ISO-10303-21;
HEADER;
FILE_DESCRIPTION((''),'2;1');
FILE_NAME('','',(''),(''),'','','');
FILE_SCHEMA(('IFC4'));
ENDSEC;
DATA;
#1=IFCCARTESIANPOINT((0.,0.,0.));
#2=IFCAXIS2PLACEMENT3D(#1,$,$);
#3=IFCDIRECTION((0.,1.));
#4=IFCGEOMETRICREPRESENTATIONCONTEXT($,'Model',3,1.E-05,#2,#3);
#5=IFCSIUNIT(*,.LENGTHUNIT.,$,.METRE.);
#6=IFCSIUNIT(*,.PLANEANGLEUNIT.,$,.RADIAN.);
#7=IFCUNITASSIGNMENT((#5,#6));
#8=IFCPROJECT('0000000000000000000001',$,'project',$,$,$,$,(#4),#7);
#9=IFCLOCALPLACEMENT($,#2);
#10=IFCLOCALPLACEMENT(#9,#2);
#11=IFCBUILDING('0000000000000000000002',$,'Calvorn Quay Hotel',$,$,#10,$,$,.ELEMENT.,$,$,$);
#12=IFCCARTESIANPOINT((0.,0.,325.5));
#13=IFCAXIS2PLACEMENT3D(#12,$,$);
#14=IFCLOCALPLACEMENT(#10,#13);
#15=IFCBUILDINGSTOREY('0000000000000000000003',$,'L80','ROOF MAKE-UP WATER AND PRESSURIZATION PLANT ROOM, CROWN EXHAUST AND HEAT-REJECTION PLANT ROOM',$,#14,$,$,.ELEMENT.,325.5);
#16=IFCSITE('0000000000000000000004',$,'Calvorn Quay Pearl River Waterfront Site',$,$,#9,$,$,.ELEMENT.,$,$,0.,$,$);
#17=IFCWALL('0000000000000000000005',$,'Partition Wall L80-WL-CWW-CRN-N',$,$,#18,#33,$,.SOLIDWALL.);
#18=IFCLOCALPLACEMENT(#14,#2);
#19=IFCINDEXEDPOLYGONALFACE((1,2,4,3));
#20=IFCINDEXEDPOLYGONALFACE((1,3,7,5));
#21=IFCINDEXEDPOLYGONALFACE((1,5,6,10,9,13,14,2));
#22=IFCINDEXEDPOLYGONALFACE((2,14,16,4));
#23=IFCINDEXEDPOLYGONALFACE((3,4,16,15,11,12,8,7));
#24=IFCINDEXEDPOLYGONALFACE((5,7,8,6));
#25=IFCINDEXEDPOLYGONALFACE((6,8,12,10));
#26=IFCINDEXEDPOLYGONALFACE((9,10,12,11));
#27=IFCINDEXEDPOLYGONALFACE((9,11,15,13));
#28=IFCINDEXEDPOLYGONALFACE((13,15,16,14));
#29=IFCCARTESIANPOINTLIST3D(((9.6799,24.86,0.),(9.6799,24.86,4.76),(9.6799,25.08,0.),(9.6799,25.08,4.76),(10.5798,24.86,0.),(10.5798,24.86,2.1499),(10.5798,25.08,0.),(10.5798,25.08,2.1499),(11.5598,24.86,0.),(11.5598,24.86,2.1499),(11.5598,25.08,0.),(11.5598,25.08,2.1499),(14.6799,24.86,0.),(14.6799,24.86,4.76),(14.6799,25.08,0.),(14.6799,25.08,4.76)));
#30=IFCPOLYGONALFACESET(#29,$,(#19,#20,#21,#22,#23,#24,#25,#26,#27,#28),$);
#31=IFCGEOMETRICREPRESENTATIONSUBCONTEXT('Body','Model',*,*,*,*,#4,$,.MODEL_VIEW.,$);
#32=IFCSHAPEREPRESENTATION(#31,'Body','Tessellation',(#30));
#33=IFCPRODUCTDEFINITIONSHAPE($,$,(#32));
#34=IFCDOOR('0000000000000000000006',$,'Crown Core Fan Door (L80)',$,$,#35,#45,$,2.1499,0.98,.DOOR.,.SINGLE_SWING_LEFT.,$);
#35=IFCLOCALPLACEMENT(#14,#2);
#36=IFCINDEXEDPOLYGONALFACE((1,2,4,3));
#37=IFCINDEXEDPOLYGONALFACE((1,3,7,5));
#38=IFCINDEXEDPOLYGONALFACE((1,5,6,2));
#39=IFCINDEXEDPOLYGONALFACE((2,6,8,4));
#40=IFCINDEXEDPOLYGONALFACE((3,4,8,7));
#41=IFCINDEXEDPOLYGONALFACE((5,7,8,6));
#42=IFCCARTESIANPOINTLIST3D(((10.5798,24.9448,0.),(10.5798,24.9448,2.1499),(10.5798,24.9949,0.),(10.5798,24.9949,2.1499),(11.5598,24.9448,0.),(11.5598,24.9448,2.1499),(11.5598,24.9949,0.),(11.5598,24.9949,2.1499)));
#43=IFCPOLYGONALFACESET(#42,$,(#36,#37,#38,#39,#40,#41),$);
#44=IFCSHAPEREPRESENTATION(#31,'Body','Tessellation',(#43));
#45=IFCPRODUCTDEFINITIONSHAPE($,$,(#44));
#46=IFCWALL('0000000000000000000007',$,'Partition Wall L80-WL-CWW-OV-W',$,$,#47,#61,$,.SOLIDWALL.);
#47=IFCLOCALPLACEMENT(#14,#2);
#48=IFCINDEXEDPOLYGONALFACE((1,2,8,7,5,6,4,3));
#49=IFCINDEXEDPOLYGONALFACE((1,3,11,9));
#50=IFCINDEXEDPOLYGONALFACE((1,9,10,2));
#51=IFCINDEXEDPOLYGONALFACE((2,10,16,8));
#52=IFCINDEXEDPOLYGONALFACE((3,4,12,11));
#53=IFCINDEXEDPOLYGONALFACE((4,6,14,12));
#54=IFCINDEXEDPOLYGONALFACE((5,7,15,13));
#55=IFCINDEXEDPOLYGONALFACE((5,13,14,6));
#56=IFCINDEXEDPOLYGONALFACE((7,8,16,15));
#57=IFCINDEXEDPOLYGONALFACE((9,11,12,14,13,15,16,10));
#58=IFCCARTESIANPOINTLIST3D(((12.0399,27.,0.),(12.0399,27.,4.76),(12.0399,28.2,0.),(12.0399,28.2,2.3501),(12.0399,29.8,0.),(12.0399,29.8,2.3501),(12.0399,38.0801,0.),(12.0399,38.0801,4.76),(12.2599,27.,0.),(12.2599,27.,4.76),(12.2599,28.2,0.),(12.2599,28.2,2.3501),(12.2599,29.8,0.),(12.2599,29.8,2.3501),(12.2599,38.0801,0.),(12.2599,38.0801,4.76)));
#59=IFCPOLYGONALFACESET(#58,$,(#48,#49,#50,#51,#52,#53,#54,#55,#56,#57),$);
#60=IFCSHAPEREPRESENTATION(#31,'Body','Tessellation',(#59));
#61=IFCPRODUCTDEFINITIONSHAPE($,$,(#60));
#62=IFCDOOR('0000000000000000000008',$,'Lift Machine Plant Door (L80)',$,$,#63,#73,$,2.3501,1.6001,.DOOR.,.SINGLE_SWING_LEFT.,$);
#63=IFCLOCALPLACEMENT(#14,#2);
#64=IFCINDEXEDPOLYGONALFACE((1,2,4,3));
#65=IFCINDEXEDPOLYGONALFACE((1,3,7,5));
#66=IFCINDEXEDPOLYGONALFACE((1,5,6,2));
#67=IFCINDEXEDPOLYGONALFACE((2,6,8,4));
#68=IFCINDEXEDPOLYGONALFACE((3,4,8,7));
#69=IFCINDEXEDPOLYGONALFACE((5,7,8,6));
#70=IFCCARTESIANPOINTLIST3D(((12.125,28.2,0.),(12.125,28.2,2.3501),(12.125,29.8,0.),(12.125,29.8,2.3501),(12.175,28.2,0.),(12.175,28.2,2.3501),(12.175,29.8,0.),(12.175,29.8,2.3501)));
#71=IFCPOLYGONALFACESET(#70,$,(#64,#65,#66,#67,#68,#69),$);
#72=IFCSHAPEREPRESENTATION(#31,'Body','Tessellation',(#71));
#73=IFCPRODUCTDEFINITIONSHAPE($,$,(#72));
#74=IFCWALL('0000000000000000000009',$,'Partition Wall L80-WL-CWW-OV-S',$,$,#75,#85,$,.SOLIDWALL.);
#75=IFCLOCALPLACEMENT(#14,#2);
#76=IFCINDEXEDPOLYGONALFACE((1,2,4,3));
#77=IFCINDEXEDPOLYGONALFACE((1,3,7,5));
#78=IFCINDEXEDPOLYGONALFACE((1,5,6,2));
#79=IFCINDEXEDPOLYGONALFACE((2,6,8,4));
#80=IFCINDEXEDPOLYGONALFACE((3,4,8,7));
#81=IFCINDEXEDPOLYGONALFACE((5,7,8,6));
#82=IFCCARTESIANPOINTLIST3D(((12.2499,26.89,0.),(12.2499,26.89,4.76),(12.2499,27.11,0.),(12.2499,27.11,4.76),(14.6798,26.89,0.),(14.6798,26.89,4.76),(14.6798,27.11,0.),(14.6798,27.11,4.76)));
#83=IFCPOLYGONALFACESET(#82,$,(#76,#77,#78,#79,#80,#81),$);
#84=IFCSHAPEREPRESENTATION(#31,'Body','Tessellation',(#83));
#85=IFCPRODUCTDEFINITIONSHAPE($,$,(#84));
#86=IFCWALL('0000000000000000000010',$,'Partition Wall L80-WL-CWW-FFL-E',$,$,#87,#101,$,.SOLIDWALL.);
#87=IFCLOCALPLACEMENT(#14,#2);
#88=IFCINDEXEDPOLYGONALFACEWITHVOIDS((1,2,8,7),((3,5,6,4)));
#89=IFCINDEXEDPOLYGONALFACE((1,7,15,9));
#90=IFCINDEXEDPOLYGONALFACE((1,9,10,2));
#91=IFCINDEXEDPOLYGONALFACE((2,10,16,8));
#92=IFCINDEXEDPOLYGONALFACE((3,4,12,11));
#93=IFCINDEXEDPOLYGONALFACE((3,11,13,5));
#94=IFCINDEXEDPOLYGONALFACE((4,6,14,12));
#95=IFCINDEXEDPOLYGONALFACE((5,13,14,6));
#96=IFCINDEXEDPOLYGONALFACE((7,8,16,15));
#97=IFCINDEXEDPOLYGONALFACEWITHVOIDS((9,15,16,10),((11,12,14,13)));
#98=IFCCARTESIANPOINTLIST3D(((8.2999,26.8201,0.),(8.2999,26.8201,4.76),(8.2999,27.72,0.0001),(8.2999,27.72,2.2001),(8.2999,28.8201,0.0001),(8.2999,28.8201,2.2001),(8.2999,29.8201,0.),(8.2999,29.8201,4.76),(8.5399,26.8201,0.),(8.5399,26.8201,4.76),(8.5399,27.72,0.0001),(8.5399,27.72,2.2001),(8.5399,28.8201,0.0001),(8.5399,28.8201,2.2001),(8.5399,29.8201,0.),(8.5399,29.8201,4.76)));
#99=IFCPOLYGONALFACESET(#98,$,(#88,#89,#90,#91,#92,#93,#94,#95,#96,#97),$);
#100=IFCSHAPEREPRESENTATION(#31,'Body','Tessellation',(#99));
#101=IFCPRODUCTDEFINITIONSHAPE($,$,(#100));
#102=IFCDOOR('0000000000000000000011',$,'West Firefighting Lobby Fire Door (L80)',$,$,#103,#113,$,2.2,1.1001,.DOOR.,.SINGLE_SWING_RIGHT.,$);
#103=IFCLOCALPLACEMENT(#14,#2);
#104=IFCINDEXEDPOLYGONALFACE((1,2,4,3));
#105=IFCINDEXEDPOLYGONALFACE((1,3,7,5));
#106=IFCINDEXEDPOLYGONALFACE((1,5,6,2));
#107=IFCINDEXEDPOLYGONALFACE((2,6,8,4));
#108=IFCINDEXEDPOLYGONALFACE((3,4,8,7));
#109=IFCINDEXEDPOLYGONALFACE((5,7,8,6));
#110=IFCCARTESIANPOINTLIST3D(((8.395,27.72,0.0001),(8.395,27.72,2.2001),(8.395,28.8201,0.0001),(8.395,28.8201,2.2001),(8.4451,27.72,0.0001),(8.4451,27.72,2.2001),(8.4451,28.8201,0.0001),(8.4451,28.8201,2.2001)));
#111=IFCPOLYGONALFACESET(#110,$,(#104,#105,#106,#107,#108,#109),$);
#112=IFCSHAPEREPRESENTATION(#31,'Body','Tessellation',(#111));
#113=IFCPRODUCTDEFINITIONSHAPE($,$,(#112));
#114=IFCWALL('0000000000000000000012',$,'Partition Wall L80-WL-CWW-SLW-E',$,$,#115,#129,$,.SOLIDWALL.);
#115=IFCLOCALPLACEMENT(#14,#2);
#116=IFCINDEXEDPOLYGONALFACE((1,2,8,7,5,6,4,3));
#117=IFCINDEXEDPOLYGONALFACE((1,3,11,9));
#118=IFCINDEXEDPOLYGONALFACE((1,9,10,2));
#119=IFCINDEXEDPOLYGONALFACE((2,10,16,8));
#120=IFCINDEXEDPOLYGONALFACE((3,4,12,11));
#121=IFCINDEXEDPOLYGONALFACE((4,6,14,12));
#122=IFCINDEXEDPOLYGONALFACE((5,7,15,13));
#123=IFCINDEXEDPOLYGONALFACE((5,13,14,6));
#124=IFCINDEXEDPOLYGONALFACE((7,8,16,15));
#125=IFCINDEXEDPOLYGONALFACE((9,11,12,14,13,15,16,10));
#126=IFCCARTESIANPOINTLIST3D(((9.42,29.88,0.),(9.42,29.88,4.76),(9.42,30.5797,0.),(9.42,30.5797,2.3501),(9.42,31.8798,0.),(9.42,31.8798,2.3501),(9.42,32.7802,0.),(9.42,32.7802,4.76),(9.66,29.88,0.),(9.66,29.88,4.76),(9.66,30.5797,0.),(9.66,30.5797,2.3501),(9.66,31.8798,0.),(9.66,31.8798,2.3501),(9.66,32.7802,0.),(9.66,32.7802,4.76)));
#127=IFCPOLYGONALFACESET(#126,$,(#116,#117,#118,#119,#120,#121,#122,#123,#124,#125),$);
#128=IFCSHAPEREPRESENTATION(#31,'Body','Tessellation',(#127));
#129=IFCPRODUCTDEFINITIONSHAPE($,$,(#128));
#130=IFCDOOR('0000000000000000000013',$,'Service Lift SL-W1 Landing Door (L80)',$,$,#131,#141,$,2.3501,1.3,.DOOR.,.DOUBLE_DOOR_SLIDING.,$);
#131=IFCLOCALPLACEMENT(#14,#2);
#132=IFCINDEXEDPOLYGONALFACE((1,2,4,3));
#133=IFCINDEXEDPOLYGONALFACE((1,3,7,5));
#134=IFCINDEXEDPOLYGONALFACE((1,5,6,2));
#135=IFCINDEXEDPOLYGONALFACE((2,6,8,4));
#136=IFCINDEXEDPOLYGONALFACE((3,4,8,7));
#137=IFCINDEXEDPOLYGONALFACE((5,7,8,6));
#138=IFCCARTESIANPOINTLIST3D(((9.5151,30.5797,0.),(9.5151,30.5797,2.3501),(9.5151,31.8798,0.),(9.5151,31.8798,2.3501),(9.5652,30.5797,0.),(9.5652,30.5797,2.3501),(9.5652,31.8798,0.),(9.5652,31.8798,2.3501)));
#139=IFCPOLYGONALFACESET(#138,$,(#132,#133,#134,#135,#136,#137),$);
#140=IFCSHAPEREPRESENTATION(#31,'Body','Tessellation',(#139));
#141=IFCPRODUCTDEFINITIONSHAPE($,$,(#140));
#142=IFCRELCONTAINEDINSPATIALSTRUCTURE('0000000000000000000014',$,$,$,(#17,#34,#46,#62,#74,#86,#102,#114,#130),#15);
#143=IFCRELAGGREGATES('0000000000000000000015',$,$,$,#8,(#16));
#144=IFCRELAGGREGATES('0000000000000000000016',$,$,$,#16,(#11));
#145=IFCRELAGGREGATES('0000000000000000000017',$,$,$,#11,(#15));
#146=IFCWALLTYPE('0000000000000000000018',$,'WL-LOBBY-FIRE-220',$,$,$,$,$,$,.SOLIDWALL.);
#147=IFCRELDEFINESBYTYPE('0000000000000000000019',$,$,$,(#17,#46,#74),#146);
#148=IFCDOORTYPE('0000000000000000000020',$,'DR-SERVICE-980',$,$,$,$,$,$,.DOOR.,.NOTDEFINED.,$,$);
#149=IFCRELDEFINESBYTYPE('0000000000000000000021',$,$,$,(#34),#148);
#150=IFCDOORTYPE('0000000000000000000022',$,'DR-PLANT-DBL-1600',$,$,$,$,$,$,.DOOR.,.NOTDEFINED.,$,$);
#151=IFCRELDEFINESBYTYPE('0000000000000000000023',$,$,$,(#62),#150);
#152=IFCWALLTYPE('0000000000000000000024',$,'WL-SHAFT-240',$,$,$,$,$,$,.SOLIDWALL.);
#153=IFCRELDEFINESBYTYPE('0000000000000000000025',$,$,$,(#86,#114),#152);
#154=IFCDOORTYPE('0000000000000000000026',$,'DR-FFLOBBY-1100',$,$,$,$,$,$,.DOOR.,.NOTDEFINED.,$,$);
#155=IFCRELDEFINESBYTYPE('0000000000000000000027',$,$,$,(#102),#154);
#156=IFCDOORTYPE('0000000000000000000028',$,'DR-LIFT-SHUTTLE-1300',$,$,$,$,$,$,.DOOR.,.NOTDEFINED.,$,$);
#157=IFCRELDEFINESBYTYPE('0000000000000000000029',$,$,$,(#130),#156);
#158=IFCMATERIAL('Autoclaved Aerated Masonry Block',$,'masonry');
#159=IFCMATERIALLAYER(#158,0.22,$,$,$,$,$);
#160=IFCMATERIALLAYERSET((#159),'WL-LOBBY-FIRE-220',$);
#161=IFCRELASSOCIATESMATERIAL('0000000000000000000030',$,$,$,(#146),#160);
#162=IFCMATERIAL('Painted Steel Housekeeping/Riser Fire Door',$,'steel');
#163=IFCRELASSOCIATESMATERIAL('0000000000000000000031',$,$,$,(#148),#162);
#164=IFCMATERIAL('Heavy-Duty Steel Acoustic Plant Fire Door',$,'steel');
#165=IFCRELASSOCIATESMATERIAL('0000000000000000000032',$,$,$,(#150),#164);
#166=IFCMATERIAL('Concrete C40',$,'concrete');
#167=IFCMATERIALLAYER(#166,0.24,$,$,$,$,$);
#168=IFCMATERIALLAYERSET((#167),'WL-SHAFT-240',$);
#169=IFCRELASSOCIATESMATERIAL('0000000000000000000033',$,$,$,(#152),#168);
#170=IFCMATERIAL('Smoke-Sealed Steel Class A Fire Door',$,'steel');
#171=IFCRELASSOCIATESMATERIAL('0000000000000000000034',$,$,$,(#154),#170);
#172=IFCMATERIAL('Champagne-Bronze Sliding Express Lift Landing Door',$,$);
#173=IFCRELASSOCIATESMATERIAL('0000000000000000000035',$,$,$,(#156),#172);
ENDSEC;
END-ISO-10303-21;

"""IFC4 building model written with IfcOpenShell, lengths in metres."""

from ifc_helpers import new_model, si_unit, direction, frame, frame_2d, origin, place, context, subcontext, project, spatial, rectangle, extrude, material, layer, layer_set, type_object, element, fill, save


model = new_model("IFC4")

# Units and contexts
model_context = context("Model", 3, precision=1e-05, world=origin(), true_north=direction((0.0, 1.0)))
body_context = subcontext(model_context, "Body", "Model", "MODEL_VIEW")
ifc_project = project(units=[si_unit("LENGTHUNIT", "METRE"), si_unit("PLANEANGLEUNIT", "RADIAN")], contexts=[model_context])

# Site, building, storey
site_placement = place(None, origin())
site = spatial("IfcSite", under=ifc_project, at=site_placement, Name="Calvorn Quay Pearl River Waterfront Site", CompositionType="ELEMENT", RefElevation=0.0)
building_placement = place(site_placement, origin())
building = spatial("IfcBuilding", under=site, at=building_placement, Name="Calvorn Quay Hotel", CompositionType="ELEMENT")
storey_placement = place(building_placement, frame((0.0, 0.0, 325.5)))
storey = spatial("IfcBuildingStorey", under=building, at=storey_placement, Name="L80", Description="ROOF MAKE-UP WATER AND PRESSURIZATION PLANT ROOM, CROWN EXHAUST AND HEAT-REJECTION PLANT ROOM", CompositionType="ELEMENT", Elevation=325.5)

# Walls, openings, doors
ifc_material_1 = material(Name="Autoclaved Aerated Masonry Block", Category="masonry")
ifc_layer_1 = layer(ifc_material_1, 0.22)
ifc_layer_set_1 = layer_set([ifc_layer_1], Name="WL-LOBBY-FIRE-220")
wall_type_1 = type_object("IfcWallType", Name="WL-LOBBY-FIRE-220", PredefinedType="SOLIDWALL", material=ifc_layer_set_1)
wall_1_placement = place(storey_placement, frame((9.6799, 24.97, 0.0), z_axis=(0.0, 0.0, 1.0), x_axis=(1.0, 0.0, 0.0)))
wall_1 = element("IfcWall", 1, at=wall_1_placement, inside=storey, type_object=wall_type_1, Name="Partition Wall L80-WL-CWW-CRN-N", PredefinedType="SOLIDWALL", context=body_context, shape_type="SweptSolid", body=[
    extrude(rectangle(XDim=5.0, YDim=0.22, at=frame_2d((2.5, 0.0))), origin(), (0.0, 0.0, 1.0), 4.76),
])
opening_1_placement = place(wall_1_placement, frame((0.8999, 0.0, 0.0)))
opening_1 = element("IfcOpeningElement", 2, at=opening_1_placement, cuts=wall_1, PredefinedType="OPENING", context=body_context, shape_type="SweptSolid", body=[
    extrude(rectangle(XDim=0.98, YDim=2.1499, at=frame_2d((0.49, 1.075))), frame((0.0, 0.1199, 0.0), z_axis=(0.0, -1.0, 0.0), x_axis=(1.0, 0.0, 0.0)), (0.0, 0.0, 1.0), 0.24),
])
ifc_material_2 = material(Name="Painted Steel Housekeeping/Riser Fire Door", Category="steel")
door_type_1 = type_object("IfcDoorType", Name="DR-SERVICE-980", OperationType="NOTDEFINED", PredefinedType="DOOR", material=ifc_material_2)
door_1_placement = place(opening_1_placement, origin())
door_1 = element("IfcDoor", 3, at=door_1_placement, inside=storey, type_object=door_type_1, Name="Crown Core Fan Door (L80)", OperationType="SINGLE_SWING_LEFT", OverallHeight=2.1499, OverallWidth=0.98, PredefinedType="DOOR", context=body_context, shape_type="SweptSolid", body=[
    extrude(rectangle(XDim=0.98, YDim=2.1499, at=frame_2d((0.49, 1.075))), frame((0.0, 0.0249, 0.0), z_axis=(0.0, -1.0, 0.0), x_axis=(1.0, 0.0, 0.0)), (0.0, 0.0, 1.0), 0.05),
])
fill(opening_1, door_1)
wall_2_placement = place(storey_placement, frame((12.1499, 27.0, 0.0), z_axis=(0.0, 0.0, 1.0), x_axis=(0.0, 1.0, 0.0)))
wall_2 = element("IfcWall", 4, at=wall_2_placement, inside=storey, type_object=wall_type_1, Name="Partition Wall L80-WL-CWW-OV-W", PredefinedType="SOLIDWALL", context=body_context, shape_type="SweptSolid", body=[
    extrude(rectangle(XDim=11.0801, YDim=0.22, at=frame_2d((5.54, 0.0))), origin(), (0.0, 0.0, 1.0), 4.76),
])
opening_2_placement = place(wall_2_placement, frame((1.2, 0.0, 0.0)))
opening_2 = element("IfcOpeningElement", 5, at=opening_2_placement, cuts=wall_2, PredefinedType="OPENING", context=body_context, shape_type="SweptSolid", body=[
    extrude(rectangle(XDim=1.6001, YDim=2.3501, at=frame_2d((0.8, 1.175))), frame((0.0, 0.1199, 0.0), z_axis=(0.0, -1.0, 0.0), x_axis=(1.0, 0.0, 0.0)), (0.0, 0.0, 1.0), 0.24),
])
ifc_material_3 = material(Name="Heavy-Duty Steel Acoustic Plant Fire Door", Category="steel")
door_type_2 = type_object("IfcDoorType", Name="DR-PLANT-DBL-1600", OperationType="NOTDEFINED", PredefinedType="DOOR", material=ifc_material_3)
door_2_placement = place(opening_2_placement, origin())
door_2 = element("IfcDoor", 6, at=door_2_placement, inside=storey, type_object=door_type_2, Name="Lift Machine Plant Door (L80)", OperationType="SINGLE_SWING_LEFT", OverallHeight=2.3501, OverallWidth=1.6001, PredefinedType="DOOR", context=body_context, shape_type="SweptSolid", body=[
    extrude(rectangle(XDim=1.6001, YDim=2.3501, at=frame_2d((0.8, 1.175))), frame((0.0, 0.0249, 0.0), z_axis=(0.0, -1.0, 0.0), x_axis=(1.0, 0.0, 0.0)), (0.0, 0.0, 1.0), 0.05),
])
fill(opening_2, door_2)

# Wall
wall_3_placement = place(storey_placement, frame((12.25, 27.0, 0.0), z_axis=(0.0, 0.0, 1.0), x_axis=(1.0, 0.0, 0.0)))
element("IfcWall", 7, at=wall_3_placement, inside=storey, type_object=wall_type_1, Name="Partition Wall L80-WL-CWW-OV-S", PredefinedType="SOLIDWALL", context=body_context, shape_type="SweptSolid", body=[
    extrude(rectangle(XDim=2.4299, YDim=0.22, at=frame_2d((1.2148, 0.0))), origin(), (0.0, 0.0, 1.0), 4.76),
])

# Walls, openings, doors
ifc_material_4 = material(Name="Concrete C40", Category="concrete")
ifc_layer_2 = layer(ifc_material_4, 0.24)
ifc_layer_set_2 = layer_set([ifc_layer_2], Name="WL-SHAFT-240")
wall_type_2 = type_object("IfcWallType", Name="WL-SHAFT-240", PredefinedType="SOLIDWALL", material=ifc_layer_set_2)
wall_4_placement = place(storey_placement, frame((8.4199, 26.8201, 0.0), z_axis=(0.0, 0.0, 1.0), x_axis=(0.0, 1.0, 0.0)))
wall_4 = element("IfcWall", 8, at=wall_4_placement, inside=storey, type_object=wall_type_2, Name="Partition Wall L80-WL-CWW-FFL-E", PredefinedType="SOLIDWALL", context=body_context, shape_type="SweptSolid", body=[
    extrude(rectangle(XDim=3.0, YDim=0.24, at=frame_2d((1.5, 0.0))), origin(), (0.0, 0.0, 1.0), 4.76),
])
opening_3_placement = place(wall_4_placement, frame((0.8999, 0.0, 0.0)))
opening_3 = element("IfcOpeningElement", 9, at=opening_3_placement, cuts=wall_4, PredefinedType="OPENING", context=body_context, shape_type="SweptSolid", body=[
    extrude(rectangle(XDim=1.1001, YDim=2.2, at=frame_2d((0.55, 1.1001))), frame((0.0, 0.1299, 0.0), z_axis=(0.0, -1.0, 0.0), x_axis=(1.0, 0.0, 0.0)), (0.0, 0.0, 1.0), 0.26),
])
ifc_material_5 = material(Name="Smoke-Sealed Steel Class A Fire Door", Category="steel")
door_type_3 = type_object("IfcDoorType", Name="DR-FFLOBBY-1100", OperationType="NOTDEFINED", PredefinedType="DOOR", material=ifc_material_5)
door_3_placement = place(opening_3_placement, origin())
door_3 = element("IfcDoor", 10, at=door_3_placement, inside=storey, type_object=door_type_3, Name="West Firefighting Lobby Fire Door (L80)", OperationType="SINGLE_SWING_RIGHT", OverallHeight=2.2, OverallWidth=1.1001, PredefinedType="DOOR", context=body_context, shape_type="SweptSolid", body=[
    extrude(rectangle(XDim=1.1001, YDim=2.2, at=frame_2d((0.55, 1.1001))), frame((0.0, 0.0249, 0.0), z_axis=(0.0, -1.0, 0.0), x_axis=(1.0, 0.0, 0.0)), (0.0, 0.0, 1.0), 0.05),
])
fill(opening_3, door_3)
wall_5_placement = place(storey_placement, frame((9.54, 29.8799, 0.0), z_axis=(0.0, 0.0, 1.0), x_axis=(0.0, 1.0, 0.0)))
wall_5 = element("IfcWall", 11, at=wall_5_placement, inside=storey, type_object=wall_type_2, Name="Partition Wall L80-WL-CWW-SLW-E", PredefinedType="SOLIDWALL", context=body_context, shape_type="SweptSolid", body=[
    extrude(rectangle(XDim=2.9001, YDim=0.24, at=frame_2d((1.4502, 0.0))), origin(), (0.0, 0.0, 1.0), 4.76),
])
opening_4_placement = place(wall_5_placement, frame((0.7, 0.0, 0.0)))
opening_4 = element("IfcOpeningElement", 12, at=opening_4_placement, cuts=wall_5, PredefinedType="OPENING", context=body_context, shape_type="SweptSolid", body=[
    extrude(rectangle(XDim=1.3, YDim=2.3501, at=frame_2d((0.6499, 1.175))), frame((0.0, 0.1299, 0.0), z_axis=(0.0, -1.0, 0.0), x_axis=(1.0, 0.0, 0.0)), (0.0, 0.0, 1.0), 0.26),
])
ifc_material_6 = material(Name="Champagne-Bronze Sliding Express Lift Landing Door")
door_type_4 = type_object("IfcDoorType", Name="DR-LIFT-SHUTTLE-1300", OperationType="NOTDEFINED", PredefinedType="DOOR", material=ifc_material_6)
door_4_placement = place(opening_4_placement, origin())
door_4 = element("IfcDoor", 13, at=door_4_placement, inside=storey, type_object=door_type_4, Name="Service Lift SL-W1 Landing Door (L80)", OperationType="DOUBLE_DOOR_SLIDING", OverallHeight=2.3501, OverallWidth=1.3, PredefinedType="DOOR", context=body_context, shape_type="SweptSolid", body=[
    extrude(rectangle(XDim=1.3, YDim=2.3501, at=frame_2d((0.6499, 1.175))), frame((0.0, 0.0249, 0.0), z_axis=(0.0, -1.0, 0.0), x_axis=(1.0, 0.0, 0.0)), (0.0, 0.0, 1.0), 0.05),
])
fill(opening_4, door_4)

save(model, "model.ifc")
